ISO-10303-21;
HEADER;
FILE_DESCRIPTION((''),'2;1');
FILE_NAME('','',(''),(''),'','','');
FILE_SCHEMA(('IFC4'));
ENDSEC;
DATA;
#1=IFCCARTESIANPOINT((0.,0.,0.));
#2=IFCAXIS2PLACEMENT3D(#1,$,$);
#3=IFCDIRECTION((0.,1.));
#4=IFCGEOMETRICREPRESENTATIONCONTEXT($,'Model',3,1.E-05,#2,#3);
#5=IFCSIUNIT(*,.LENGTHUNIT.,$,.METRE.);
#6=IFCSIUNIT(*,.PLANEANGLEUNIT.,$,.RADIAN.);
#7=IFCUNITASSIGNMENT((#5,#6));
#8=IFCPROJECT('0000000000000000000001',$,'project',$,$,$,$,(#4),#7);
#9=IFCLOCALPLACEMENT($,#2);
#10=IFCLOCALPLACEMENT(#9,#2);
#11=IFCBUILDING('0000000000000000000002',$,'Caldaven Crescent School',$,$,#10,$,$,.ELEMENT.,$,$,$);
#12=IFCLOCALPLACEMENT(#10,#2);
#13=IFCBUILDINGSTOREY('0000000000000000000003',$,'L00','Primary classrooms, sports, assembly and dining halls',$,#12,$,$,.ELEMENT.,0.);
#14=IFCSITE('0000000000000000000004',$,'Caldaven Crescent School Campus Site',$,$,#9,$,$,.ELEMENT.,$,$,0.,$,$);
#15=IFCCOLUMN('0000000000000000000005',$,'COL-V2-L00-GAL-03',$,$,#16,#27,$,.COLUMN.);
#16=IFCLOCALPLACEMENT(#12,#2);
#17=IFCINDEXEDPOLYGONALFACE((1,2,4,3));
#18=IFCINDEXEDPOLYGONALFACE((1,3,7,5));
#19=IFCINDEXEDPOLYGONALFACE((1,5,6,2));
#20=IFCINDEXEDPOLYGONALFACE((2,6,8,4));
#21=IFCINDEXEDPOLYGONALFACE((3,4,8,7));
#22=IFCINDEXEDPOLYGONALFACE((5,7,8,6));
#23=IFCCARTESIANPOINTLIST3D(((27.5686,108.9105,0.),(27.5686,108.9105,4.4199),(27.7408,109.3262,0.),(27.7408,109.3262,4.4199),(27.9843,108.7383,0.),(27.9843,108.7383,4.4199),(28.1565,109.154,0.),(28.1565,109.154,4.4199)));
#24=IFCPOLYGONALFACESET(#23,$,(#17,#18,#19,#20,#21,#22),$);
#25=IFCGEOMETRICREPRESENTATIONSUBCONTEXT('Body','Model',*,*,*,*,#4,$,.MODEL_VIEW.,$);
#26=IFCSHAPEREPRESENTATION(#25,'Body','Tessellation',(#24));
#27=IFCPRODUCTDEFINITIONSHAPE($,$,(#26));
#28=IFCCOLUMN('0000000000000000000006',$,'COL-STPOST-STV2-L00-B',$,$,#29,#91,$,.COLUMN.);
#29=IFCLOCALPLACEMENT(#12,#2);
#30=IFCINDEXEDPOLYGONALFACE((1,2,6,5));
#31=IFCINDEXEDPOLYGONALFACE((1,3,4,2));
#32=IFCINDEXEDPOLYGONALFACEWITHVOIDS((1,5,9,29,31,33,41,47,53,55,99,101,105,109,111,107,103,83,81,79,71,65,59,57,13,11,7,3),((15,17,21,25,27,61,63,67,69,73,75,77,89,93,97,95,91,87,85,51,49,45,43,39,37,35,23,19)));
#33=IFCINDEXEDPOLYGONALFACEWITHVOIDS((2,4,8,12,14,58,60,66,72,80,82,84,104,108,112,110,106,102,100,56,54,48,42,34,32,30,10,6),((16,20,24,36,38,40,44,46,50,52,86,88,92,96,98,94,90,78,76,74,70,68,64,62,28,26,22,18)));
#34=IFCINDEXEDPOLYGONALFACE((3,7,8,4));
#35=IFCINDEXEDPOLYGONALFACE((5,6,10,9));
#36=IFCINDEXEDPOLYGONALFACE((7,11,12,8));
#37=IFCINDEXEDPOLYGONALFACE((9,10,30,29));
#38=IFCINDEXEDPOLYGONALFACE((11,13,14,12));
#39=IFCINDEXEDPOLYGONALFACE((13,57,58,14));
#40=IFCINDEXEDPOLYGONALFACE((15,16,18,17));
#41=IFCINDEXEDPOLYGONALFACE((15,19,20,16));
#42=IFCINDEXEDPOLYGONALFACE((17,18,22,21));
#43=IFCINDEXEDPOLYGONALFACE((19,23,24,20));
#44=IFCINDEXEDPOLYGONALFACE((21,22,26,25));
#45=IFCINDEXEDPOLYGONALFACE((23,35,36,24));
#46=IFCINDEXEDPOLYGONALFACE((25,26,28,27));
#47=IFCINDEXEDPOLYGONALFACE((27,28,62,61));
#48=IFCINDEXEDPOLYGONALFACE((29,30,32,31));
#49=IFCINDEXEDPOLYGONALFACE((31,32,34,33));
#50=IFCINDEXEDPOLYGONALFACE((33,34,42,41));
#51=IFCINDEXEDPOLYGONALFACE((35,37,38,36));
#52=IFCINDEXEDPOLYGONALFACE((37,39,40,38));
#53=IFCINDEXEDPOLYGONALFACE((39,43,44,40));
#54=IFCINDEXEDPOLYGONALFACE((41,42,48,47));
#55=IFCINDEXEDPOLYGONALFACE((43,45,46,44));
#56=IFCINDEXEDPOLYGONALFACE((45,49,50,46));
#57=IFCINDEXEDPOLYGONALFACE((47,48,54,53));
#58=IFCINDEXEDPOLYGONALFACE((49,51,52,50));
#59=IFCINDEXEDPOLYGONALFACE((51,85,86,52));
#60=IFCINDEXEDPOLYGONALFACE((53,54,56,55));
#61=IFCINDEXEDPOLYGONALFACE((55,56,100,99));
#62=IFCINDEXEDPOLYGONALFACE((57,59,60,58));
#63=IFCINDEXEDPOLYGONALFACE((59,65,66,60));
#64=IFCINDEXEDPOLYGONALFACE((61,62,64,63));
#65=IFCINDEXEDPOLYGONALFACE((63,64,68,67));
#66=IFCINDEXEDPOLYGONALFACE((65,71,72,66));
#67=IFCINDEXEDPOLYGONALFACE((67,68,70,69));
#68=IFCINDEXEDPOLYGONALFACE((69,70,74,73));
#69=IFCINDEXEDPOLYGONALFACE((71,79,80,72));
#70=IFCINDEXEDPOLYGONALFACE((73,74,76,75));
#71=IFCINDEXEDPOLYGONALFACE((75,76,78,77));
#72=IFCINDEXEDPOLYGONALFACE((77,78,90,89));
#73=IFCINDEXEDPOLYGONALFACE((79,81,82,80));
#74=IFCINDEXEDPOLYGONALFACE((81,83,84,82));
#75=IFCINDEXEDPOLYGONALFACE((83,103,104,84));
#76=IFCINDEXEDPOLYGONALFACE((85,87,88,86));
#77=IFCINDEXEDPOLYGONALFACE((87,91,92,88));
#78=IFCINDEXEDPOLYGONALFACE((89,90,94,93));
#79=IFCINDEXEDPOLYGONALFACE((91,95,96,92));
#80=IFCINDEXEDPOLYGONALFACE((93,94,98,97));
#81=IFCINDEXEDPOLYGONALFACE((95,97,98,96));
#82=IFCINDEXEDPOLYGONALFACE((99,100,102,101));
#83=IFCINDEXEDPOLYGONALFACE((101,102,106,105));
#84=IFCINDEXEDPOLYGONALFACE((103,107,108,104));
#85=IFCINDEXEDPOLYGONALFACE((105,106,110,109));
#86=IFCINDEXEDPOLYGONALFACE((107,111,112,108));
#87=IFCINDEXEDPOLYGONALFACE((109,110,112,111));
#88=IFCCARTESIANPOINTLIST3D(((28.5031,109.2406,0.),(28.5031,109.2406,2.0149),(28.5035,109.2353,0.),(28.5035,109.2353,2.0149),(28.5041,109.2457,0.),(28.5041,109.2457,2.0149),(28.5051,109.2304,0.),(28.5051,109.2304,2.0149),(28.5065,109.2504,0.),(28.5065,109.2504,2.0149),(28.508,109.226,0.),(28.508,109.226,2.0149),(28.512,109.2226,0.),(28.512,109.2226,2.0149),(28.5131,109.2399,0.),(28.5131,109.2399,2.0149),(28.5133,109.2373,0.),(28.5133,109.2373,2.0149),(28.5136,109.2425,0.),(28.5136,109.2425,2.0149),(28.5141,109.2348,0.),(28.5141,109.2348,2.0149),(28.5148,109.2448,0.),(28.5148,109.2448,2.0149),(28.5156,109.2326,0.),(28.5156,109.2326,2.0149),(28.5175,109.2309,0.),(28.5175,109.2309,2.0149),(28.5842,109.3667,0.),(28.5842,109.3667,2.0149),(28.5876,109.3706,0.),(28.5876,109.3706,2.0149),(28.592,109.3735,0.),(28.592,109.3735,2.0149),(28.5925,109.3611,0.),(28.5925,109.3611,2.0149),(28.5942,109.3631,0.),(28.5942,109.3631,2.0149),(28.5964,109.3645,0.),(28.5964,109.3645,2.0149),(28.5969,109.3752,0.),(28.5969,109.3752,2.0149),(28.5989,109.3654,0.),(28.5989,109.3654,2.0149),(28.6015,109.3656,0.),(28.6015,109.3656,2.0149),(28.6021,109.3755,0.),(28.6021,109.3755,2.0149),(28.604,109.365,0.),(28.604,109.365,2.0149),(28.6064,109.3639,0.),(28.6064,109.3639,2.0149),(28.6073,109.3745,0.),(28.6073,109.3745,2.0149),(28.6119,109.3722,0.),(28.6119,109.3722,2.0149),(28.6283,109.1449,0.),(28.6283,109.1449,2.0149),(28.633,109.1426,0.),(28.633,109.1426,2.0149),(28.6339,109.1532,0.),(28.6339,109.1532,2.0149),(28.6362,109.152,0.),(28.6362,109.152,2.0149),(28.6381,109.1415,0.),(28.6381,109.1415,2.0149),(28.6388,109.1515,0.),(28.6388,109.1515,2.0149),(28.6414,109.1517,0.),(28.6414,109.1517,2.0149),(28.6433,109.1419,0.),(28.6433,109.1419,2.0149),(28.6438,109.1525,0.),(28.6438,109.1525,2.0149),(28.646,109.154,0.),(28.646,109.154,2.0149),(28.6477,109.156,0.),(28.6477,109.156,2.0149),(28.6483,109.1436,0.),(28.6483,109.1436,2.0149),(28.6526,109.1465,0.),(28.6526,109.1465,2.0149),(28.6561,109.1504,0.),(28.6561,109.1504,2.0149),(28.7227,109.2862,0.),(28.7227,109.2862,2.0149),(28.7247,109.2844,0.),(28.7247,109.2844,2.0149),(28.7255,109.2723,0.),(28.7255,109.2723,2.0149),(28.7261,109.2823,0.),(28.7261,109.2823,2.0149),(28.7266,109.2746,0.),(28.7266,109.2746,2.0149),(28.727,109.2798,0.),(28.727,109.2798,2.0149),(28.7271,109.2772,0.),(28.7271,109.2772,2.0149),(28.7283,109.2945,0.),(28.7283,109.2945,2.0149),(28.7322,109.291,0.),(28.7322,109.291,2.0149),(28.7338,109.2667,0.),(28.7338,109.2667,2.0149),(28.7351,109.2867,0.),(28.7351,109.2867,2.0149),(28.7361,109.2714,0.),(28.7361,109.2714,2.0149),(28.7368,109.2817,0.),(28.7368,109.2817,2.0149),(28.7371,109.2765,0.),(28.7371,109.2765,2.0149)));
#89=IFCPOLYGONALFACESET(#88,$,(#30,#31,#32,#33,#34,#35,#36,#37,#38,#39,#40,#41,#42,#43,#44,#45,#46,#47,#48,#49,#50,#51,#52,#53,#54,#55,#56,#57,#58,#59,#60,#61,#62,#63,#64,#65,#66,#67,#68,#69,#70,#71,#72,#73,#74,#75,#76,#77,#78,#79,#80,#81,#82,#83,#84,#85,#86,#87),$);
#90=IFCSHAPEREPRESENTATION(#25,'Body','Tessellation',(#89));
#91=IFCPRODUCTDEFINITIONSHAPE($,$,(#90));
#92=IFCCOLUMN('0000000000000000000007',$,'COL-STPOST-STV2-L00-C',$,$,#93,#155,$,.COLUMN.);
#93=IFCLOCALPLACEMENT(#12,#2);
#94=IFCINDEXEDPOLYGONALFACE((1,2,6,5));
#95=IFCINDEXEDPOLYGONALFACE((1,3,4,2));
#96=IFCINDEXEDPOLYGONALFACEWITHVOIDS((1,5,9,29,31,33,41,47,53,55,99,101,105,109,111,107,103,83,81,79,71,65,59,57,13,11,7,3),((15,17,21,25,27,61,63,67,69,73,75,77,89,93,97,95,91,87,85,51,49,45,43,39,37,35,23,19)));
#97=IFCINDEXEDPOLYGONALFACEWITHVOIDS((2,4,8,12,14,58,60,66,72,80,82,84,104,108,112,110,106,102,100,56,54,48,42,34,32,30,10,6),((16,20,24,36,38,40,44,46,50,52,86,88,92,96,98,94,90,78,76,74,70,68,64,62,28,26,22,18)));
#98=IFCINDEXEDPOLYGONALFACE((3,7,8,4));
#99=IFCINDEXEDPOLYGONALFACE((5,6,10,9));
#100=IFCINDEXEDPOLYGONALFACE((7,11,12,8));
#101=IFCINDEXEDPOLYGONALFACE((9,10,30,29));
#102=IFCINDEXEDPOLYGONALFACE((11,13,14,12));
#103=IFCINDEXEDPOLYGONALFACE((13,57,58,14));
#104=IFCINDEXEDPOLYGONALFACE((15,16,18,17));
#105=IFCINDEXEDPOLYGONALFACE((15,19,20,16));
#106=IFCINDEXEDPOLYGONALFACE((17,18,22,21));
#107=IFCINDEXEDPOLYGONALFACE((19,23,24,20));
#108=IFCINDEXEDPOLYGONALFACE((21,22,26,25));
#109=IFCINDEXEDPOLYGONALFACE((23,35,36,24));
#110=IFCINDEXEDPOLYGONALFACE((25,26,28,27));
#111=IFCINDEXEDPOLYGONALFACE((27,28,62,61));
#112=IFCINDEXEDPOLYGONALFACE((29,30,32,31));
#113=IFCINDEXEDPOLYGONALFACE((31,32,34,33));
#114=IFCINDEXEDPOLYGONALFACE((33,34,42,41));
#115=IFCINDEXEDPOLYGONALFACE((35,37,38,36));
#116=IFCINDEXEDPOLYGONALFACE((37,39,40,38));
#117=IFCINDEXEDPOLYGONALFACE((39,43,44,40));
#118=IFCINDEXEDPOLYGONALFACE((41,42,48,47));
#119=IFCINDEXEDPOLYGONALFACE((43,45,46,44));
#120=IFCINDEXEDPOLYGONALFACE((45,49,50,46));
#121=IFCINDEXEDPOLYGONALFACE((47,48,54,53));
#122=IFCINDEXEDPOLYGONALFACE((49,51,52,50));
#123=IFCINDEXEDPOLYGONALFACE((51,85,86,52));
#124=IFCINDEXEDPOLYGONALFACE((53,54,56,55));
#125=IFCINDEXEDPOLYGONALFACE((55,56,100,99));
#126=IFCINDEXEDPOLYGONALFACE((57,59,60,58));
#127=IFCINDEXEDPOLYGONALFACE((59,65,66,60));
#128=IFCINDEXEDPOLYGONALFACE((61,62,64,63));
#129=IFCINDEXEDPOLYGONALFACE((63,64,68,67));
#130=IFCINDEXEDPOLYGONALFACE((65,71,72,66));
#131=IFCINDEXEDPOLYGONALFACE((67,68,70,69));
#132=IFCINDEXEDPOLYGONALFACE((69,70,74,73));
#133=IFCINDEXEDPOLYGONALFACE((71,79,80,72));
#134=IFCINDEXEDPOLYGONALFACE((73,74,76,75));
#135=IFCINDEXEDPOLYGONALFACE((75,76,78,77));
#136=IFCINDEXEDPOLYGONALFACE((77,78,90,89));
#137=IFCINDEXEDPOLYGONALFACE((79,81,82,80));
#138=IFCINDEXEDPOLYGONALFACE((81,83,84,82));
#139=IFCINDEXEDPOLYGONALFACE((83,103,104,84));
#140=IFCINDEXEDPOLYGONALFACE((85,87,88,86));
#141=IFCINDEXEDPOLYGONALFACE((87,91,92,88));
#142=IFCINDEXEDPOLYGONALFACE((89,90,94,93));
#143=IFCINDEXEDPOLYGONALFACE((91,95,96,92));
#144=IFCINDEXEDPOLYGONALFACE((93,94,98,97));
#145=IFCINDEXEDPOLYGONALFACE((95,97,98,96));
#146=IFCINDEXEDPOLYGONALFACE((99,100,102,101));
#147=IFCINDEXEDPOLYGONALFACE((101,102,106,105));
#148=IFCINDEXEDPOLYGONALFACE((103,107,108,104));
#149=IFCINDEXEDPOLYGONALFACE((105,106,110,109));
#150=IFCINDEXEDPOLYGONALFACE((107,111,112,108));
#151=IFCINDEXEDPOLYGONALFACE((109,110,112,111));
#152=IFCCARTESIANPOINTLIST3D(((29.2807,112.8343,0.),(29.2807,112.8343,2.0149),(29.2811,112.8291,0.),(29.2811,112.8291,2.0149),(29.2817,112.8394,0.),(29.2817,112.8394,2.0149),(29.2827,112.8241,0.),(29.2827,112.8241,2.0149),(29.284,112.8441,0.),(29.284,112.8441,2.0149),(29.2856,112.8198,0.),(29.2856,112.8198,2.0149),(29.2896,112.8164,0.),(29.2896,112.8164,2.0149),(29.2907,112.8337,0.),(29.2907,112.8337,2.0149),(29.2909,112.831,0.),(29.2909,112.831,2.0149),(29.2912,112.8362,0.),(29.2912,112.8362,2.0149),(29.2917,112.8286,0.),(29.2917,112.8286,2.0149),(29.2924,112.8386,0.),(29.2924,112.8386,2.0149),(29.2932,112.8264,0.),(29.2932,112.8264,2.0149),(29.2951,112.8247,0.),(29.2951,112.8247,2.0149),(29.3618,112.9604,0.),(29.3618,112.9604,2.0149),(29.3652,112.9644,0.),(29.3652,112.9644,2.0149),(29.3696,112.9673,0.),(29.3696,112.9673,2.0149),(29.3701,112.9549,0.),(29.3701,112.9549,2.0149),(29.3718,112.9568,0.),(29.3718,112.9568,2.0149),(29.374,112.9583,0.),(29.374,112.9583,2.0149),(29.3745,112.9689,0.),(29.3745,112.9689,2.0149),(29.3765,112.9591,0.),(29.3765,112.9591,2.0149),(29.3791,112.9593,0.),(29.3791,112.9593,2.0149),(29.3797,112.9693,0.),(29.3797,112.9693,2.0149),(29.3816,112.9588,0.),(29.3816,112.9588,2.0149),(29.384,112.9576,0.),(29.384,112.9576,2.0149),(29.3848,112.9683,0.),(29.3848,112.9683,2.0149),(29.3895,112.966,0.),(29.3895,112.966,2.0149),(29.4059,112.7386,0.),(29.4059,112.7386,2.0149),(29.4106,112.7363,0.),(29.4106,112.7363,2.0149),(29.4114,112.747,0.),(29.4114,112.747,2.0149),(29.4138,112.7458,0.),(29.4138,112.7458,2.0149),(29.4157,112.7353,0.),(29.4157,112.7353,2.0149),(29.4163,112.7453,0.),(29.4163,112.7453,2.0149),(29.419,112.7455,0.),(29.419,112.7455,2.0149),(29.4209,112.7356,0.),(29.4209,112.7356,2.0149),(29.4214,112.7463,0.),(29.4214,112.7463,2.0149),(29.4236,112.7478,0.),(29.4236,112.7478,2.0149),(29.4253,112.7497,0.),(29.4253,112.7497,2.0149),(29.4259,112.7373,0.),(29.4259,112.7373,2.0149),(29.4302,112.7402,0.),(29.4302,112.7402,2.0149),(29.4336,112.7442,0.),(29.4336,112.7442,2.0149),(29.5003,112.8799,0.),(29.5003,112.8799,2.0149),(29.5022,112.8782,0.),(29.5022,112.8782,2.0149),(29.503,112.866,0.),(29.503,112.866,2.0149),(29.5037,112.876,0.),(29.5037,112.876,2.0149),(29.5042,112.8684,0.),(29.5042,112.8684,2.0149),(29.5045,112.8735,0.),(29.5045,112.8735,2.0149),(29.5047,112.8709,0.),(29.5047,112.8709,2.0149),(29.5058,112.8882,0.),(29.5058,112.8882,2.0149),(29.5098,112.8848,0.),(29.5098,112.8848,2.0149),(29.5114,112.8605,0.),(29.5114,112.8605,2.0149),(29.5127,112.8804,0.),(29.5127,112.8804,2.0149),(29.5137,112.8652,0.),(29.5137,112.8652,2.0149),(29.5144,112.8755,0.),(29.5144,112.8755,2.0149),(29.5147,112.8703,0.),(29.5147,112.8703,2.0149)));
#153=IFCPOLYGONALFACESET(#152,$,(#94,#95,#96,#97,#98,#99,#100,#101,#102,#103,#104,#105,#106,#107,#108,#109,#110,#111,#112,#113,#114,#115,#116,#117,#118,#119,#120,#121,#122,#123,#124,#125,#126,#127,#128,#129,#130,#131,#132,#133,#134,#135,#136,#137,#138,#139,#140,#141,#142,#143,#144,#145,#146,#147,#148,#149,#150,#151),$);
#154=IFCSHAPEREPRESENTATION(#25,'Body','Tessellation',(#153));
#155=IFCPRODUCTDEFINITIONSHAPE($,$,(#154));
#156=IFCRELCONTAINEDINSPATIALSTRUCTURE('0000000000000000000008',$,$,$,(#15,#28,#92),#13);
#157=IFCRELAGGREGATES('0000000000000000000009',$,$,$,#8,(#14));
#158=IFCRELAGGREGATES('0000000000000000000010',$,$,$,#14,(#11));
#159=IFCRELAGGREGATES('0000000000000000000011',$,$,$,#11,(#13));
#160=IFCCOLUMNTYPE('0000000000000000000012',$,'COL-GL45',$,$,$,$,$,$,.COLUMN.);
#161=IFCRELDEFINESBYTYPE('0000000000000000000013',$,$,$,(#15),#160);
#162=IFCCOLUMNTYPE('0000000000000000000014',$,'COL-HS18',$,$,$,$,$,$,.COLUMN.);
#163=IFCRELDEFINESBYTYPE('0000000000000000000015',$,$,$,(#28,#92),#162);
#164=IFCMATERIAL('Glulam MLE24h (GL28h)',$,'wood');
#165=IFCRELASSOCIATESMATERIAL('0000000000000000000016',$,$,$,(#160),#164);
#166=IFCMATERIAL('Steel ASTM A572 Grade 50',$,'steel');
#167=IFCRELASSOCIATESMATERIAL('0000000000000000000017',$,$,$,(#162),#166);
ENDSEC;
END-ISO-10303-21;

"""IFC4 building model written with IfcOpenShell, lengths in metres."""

from ifc_helpers import new_model, si_unit, direction, frame, origin, origin_2d, place, context, subcontext, project, spatial, rectangle, hollow_rectangle, extrude, material, material_profile, profile_set, type_object, element, save


model = new_model("IFC4")

# Units and contexts
model_context = context("Model", 3, precision=1e-05, world=origin(), true_north=direction((0.0, 1.0)))
body_context = subcontext(model_context, "Body", "Model", "MODEL_VIEW")
ifc_project = project(units=[si_unit("LENGTHUNIT", "METRE"), si_unit("PLANEANGLEUNIT", "RADIAN")], contexts=[model_context])

# Site, building, storey
site_placement = place(None, origin())
site = spatial("IfcSite", under=ifc_project, at=site_placement, Name="Caldaven Crescent School Campus Site", CompositionType="ELEMENT", RefElevation=0.0)
building_placement = place(site_placement, origin())
building = spatial("IfcBuilding", under=site, at=building_placement, Name="Caldaven Crescent School", CompositionType="ELEMENT")
storey_placement = place(building_placement, origin())
storey = spatial("IfcBuildingStorey", under=building, at=storey_placement, Name="L00", Description="Primary classrooms, sports, assembly and dining halls", CompositionType="ELEMENT", Elevation=0.0)

# Columns
ifc_material_1 = material(Name="Glulam MLE24h (GL28h)", Category="wood")
ifc_material_profile_1 = material_profile(ifc_material_1, rectangle(XDim=0.45, YDim=0.45, at=origin_2d()), Name="MLE 450x450")
ifc_profile_set_1 = profile_set([ifc_material_profile_1], Name="Glulam MLE24h (GL28h)")
column_type_1 = type_object("IfcColumnType", Name="COL-GL45", PredefinedType="COLUMN", material=ifc_profile_set_1)
column_1_placement = place(storey_placement, frame((27.8625, 109.0322, 0.0), z_axis=(0.0, 0.0, 1.0), x_axis=(0.382683, 0.92388, 0.0)))
element("IfcColumn", 1, at=column_1_placement, inside=storey, type_object=column_type_1, Name="COL-V2-L00-GAL-03", PredefinedType="COLUMN", context=body_context, shape_type="SweptSolid", body=[
    extrude(rectangle(XDim=0.45, YDim=0.45, at=origin_2d()), origin(), (0.0, 0.0, 1.0), 4.4199),
])
ifc_material_2 = material(Name="Steel ASTM A572 Grade 50", Category="steel")
ifc_material_profile_2 = material_profile(ifc_material_2, hollow_rectangle(XDim=0.1799, YDim=0.1799, WallThickness=0.01, InnerFilletRadius=0.01, OuterFilletRadius=0.02, at=origin_2d()), Name="HSS 180x180x10")
ifc_profile_set_2 = profile_set([ifc_material_profile_2], Name="Steel ASTM A572 Grade 50")
column_type_2 = type_object("IfcColumnType", Name="COL-HS18", PredefinedType="COLUMN", material=ifc_profile_set_2)
for number, where, z_axis, x_axis, name in (
    (2, (28.6201, 109.2585, 0.0), (0.0, 0.0, 1.0), (-0.83147, 0.55557, 0.0), "COL-STPOST-STV2-L00-B"),
    (3, (29.3977, 112.8523, 0.0), (0.0, 0.0, 1.0), (-0.83147, 0.55557, 0.0), "COL-STPOST-STV2-L00-C"),
):
    element("IfcColumn", number, at=place(storey_placement, frame(where, z_axis=z_axis, x_axis=x_axis)), inside=storey, type_object=column_type_2, Name=name, PredefinedType="COLUMN", context=body_context, shape_type="SweptSolid", body=[
        extrude(hollow_rectangle(XDim=0.1799, YDim=0.1799, WallThickness=0.01, InnerFilletRadius=0.01, OuterFilletRadius=0.02, at=origin_2d()), origin(), (0.0, 0.0, 1.0), 2.0149),
    ])

save(model, "model.ifc")
